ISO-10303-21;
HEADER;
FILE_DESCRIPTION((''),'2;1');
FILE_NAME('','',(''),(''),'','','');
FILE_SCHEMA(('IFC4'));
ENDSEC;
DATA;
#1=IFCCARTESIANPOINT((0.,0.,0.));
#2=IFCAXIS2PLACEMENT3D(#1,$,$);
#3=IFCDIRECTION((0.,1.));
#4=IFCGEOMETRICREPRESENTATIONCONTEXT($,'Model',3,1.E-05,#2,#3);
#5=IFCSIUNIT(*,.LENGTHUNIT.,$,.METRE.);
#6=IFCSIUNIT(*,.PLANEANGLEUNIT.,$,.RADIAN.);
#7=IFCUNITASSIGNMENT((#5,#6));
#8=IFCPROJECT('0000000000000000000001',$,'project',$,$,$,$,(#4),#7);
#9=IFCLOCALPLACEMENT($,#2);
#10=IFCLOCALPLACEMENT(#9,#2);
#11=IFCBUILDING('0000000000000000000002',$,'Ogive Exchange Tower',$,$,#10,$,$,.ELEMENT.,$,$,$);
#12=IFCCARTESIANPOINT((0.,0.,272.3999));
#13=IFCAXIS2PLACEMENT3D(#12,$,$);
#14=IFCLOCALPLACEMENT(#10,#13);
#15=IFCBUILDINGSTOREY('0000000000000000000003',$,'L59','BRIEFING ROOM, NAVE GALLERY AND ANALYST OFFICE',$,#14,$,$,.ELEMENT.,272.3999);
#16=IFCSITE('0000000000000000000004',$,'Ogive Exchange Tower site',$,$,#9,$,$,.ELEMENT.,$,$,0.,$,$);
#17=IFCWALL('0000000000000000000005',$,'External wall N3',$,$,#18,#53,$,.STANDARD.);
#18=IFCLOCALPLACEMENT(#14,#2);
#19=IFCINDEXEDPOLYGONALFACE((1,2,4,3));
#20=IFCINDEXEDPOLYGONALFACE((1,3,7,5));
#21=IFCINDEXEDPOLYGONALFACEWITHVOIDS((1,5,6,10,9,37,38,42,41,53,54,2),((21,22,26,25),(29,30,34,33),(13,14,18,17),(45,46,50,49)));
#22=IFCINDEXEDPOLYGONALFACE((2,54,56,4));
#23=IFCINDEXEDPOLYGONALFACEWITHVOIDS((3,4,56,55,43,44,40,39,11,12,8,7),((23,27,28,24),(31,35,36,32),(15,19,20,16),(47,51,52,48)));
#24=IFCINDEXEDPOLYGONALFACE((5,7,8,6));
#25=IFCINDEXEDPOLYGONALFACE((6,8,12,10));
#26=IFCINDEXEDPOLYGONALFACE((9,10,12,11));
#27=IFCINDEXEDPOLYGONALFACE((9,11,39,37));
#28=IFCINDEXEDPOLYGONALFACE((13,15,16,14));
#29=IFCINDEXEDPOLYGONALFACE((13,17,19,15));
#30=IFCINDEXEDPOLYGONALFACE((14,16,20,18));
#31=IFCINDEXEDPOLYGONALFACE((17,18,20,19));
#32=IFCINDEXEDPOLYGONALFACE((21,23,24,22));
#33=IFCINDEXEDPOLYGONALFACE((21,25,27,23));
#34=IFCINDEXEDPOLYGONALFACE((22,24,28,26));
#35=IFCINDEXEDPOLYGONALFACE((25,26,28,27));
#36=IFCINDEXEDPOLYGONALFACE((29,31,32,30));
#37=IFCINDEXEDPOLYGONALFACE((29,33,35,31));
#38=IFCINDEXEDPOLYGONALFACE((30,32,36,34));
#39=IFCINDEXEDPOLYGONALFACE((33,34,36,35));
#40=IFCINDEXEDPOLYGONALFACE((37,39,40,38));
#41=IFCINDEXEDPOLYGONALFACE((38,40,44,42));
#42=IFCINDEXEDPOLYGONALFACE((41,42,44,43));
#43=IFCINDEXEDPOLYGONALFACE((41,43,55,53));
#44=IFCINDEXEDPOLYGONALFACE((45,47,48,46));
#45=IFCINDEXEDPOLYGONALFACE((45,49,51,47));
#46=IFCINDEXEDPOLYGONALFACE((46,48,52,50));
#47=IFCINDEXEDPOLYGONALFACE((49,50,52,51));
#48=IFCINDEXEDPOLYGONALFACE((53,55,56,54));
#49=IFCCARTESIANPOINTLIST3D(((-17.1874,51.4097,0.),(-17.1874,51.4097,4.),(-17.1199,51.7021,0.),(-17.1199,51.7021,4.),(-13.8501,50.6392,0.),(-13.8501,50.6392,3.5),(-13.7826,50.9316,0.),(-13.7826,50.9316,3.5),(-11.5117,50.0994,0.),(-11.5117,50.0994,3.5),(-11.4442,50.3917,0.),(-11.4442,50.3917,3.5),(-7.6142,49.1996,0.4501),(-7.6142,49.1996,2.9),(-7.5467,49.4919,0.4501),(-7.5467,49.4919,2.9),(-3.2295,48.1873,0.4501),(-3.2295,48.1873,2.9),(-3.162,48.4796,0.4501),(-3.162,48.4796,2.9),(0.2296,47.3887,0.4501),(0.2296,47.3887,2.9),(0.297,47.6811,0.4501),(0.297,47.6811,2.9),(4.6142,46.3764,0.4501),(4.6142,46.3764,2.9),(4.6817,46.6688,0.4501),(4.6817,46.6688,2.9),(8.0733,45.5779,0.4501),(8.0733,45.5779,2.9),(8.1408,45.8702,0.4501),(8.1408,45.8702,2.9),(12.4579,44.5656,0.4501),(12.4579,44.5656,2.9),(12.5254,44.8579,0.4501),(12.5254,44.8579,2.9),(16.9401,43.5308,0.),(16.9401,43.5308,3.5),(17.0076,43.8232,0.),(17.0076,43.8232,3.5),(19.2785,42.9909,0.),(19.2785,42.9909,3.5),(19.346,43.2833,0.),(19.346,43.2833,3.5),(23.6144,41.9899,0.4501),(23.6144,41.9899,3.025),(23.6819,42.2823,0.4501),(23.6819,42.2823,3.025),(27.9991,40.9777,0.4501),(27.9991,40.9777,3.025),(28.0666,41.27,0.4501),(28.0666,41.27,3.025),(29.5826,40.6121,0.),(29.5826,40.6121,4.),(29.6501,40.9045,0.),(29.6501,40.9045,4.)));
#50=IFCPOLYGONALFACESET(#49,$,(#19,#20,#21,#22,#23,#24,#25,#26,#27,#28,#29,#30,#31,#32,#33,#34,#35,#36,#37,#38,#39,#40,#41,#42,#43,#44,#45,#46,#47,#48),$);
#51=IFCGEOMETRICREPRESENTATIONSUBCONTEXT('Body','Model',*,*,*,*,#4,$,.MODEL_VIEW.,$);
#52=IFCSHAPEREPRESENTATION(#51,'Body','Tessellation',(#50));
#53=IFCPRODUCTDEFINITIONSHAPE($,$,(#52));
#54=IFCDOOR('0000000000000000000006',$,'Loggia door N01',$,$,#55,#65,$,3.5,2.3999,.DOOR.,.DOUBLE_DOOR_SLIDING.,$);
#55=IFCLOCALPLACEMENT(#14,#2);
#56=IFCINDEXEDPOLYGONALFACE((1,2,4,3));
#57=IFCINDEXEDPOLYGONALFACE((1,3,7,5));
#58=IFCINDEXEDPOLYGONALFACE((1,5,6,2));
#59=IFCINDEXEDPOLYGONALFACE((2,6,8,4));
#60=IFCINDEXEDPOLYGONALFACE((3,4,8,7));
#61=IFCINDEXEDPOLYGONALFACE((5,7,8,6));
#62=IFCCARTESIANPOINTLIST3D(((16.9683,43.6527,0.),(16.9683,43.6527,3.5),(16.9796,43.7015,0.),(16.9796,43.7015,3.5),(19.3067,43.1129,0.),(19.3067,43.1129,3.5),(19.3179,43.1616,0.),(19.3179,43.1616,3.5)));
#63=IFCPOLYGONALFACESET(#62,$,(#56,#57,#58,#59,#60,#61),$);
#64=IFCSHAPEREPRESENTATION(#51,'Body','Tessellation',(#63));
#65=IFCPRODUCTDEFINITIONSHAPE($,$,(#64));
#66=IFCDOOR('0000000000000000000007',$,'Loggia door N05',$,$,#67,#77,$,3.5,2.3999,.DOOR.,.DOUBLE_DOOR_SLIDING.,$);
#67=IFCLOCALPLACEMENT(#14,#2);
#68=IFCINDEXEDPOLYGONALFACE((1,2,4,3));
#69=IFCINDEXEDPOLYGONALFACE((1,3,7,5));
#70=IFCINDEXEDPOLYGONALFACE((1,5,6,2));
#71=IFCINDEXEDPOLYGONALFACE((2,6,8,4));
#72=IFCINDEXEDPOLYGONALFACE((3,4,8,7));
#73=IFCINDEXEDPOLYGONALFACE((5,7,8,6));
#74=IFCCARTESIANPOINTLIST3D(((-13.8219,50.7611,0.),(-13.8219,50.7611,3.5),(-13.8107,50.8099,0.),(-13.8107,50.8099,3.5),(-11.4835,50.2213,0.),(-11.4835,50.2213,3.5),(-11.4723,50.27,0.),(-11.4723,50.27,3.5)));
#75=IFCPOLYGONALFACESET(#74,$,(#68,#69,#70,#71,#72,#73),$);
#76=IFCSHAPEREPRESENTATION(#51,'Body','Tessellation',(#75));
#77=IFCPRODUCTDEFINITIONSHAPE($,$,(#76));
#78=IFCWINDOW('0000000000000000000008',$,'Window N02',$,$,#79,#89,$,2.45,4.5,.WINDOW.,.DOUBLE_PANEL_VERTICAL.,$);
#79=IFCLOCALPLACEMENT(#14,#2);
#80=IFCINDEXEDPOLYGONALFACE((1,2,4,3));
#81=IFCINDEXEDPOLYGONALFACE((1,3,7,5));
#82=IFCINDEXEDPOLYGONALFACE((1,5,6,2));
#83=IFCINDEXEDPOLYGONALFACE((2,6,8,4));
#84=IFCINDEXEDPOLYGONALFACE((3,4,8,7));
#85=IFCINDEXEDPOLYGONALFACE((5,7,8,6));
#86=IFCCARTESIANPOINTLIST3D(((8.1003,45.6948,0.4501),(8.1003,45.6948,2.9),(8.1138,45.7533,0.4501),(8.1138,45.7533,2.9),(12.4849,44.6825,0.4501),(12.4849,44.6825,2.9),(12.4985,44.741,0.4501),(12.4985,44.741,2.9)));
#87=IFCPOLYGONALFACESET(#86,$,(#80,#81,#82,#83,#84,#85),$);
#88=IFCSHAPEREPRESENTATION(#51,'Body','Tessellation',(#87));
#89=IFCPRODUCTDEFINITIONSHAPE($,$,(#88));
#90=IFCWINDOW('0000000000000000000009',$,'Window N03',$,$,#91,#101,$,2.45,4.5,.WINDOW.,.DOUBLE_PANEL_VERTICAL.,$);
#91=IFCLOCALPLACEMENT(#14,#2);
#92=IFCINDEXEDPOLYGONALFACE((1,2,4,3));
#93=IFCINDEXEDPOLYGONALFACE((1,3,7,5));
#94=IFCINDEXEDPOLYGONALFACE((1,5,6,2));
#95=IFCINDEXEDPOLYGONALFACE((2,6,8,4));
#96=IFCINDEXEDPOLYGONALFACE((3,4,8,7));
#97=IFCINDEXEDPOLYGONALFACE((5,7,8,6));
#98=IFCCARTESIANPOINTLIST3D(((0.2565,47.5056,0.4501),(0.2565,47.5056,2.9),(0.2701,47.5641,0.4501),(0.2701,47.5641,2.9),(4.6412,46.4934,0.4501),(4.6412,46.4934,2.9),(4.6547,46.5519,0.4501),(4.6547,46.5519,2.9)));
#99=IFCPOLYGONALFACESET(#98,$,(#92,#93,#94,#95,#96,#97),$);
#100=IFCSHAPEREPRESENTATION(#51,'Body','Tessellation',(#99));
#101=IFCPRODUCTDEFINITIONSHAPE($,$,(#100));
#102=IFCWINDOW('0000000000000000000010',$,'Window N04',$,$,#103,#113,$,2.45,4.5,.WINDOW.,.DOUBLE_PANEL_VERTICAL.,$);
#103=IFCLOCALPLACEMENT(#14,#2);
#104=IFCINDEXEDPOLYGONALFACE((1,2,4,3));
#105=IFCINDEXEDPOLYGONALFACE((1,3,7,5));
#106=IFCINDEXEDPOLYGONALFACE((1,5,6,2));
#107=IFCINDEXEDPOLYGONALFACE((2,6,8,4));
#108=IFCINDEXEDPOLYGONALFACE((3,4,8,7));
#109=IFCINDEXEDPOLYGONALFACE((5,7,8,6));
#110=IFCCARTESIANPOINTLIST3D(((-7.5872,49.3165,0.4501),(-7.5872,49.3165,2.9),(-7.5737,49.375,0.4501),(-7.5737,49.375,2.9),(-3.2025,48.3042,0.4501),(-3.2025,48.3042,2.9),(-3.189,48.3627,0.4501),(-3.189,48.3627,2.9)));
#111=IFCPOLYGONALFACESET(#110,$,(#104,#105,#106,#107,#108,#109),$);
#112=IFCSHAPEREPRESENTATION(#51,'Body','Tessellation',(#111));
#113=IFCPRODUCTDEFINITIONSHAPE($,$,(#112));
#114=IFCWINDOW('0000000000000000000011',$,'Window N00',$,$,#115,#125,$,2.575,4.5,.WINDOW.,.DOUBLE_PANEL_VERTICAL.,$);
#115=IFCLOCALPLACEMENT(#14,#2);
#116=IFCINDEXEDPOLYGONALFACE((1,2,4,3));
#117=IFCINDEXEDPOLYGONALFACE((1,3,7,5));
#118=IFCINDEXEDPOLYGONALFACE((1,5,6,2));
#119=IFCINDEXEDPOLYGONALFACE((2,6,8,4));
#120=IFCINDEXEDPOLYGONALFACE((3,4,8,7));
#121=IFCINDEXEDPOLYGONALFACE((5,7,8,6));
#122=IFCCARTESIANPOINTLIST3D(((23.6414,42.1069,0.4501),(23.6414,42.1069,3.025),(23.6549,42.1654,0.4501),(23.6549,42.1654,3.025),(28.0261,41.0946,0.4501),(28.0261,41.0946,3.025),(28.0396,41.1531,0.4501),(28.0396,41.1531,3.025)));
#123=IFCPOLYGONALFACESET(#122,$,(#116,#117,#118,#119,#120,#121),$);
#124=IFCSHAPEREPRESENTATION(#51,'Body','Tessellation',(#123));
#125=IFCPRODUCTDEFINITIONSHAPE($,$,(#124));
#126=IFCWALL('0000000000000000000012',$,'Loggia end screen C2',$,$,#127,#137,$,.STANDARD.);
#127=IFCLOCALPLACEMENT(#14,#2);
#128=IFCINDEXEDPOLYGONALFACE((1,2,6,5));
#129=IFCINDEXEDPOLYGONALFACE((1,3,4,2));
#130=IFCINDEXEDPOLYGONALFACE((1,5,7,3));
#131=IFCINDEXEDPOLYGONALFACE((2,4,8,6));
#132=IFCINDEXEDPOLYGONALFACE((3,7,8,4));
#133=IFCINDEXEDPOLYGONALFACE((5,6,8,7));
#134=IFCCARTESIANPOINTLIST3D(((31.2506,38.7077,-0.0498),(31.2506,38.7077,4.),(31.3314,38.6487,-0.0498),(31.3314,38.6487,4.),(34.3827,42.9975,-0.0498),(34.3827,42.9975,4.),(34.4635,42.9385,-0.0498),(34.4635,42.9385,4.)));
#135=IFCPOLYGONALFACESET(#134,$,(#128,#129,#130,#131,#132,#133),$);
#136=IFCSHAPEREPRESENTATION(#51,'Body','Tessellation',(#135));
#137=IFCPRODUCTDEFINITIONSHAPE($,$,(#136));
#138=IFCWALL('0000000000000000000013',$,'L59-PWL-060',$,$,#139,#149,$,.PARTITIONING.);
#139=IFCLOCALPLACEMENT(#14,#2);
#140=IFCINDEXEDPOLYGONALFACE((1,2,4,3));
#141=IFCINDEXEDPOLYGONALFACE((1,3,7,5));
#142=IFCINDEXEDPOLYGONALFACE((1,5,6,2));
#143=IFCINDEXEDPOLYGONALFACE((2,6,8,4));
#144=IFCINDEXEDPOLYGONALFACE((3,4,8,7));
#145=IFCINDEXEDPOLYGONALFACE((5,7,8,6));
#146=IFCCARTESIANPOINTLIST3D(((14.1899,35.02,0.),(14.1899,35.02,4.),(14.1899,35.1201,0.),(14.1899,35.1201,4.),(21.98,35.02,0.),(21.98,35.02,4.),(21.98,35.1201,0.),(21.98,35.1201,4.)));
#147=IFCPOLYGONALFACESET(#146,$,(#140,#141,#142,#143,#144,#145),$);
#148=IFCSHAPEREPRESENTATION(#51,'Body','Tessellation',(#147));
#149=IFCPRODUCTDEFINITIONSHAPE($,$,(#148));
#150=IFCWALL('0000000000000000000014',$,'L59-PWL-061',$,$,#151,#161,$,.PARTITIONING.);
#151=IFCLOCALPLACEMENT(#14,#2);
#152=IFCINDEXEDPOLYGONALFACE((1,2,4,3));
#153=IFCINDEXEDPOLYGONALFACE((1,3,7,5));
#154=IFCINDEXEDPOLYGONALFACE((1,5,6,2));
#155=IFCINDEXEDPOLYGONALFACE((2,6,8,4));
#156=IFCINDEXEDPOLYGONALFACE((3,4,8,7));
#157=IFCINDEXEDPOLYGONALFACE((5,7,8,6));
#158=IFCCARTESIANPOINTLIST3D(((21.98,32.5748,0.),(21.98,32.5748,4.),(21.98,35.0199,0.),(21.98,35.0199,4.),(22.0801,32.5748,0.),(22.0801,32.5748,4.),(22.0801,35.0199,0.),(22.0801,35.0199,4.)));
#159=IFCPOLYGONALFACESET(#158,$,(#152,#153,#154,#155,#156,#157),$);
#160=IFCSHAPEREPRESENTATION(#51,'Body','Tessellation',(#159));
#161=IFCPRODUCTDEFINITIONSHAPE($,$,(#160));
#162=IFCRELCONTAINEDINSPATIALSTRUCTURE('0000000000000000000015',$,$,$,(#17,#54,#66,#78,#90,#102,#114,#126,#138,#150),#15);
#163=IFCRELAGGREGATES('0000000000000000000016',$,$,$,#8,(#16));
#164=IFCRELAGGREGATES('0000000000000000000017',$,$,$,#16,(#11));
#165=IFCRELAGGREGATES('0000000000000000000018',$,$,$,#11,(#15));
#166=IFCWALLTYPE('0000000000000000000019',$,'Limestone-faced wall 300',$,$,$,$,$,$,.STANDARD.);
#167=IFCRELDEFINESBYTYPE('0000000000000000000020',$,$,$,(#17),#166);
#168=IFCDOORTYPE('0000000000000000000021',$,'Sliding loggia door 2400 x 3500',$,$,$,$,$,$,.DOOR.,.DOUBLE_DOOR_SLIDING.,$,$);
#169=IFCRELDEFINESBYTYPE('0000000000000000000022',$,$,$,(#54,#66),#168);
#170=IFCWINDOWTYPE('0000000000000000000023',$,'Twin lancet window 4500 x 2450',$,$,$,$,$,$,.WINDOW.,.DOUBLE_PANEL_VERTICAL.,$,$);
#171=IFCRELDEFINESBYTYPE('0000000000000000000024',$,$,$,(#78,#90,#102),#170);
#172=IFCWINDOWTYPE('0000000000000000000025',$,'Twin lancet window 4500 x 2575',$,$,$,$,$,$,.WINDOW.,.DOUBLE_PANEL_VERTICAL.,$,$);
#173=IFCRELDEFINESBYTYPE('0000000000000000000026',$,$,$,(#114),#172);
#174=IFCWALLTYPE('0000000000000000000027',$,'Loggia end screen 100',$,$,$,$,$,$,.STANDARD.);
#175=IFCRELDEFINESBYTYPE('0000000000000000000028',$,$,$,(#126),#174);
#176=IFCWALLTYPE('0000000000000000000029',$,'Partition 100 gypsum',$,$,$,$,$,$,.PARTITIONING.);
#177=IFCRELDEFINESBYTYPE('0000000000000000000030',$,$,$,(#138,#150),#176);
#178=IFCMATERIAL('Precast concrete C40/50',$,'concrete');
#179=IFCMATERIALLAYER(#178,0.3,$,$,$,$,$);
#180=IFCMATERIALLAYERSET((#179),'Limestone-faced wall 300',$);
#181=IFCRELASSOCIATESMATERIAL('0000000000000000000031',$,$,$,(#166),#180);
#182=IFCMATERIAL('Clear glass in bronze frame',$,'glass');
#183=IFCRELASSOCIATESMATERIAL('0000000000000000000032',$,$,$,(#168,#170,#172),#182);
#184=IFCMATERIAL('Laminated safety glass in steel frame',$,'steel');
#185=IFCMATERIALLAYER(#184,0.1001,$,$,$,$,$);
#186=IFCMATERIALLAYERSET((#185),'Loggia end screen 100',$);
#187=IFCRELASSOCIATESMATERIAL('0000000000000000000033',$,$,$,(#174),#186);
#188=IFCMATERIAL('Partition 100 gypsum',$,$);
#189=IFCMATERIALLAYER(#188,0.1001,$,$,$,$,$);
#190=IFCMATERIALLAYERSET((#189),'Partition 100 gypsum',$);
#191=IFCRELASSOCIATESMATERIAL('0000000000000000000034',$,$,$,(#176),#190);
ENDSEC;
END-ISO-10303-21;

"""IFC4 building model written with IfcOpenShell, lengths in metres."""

from ifc_helpers import new_model, si_unit, direction, frame, frame_2d, origin, place, context, subcontext, project, spatial, rectangle, extrude, material, layer, layer_set, type_object, element, fill, save


model = new_model("IFC4")

# Units and contexts
model_context = context("Model", 3, precision=1e-05, world=origin(), true_north=direction((0.0, 1.0)))
body_context = subcontext(model_context, "Body", "Model", "MODEL_VIEW")
ifc_project = project(units=[si_unit("LENGTHUNIT", "METRE"), si_unit("PLANEANGLEUNIT", "RADIAN")], contexts=[model_context])

# Site, building, storey
site_placement = place(None, origin())
site = spatial("IfcSite", under=ifc_project, at=site_placement, Name="Ogive Exchange Tower site", CompositionType="ELEMENT", RefElevation=0.0)
building_placement = place(site_placement, origin())
building = spatial("IfcBuilding", under=site, at=building_placement, Name="Ogive Exchange Tower", CompositionType="ELEMENT")
storey_placement = place(building_placement, frame((0.0, 0.0, 272.3999)))
storey = spatial("IfcBuildingStorey", under=building, at=storey_placement, Name="L59", Description="BRIEFING ROOM, NAVE GALLERY AND ANALYST OFFICE", CompositionType="ELEMENT", Elevation=272.3999)

# Wall, openings, doors, windows
ifc_material_1 = material(Name="Precast concrete C40/50", Category="concrete")
ifc_layer_1 = layer(ifc_material_1, 0.3)
ifc_layer_set_1 = layer_set([ifc_layer_1], Name="Limestone-faced wall 300")
wall_type_1 = type_object("IfcWallType", Name="Limestone-faced wall 300", PredefinedType="STANDARD", material=ifc_layer_set_1)
wall_1_placement = place(storey_placement, frame((29.6162, 40.7583, 0.0), z_axis=(0.0, 0.0, 1.0), x_axis=(-0.974371, 0.224949, 0.0)))
wall_1 = element("IfcWall", 1, at=wall_1_placement, inside=storey, type_object=wall_type_1, Name="External wall N3", PredefinedType="STANDARD", context=body_context, shape_type="SweptSolid", body=[
    extrude(rectangle(XDim=48.0002, YDim=0.3, at=frame_2d((24.0, 0.0))), origin(), (0.0, 0.0, 1.0), 4.0),
])
opening_1_placement = place(wall_1_placement, frame((1.625, 0.0, 0.45)))
opening_1 = element("IfcOpeningElement", 2, at=opening_1_placement, cuts=wall_1, PredefinedType="OPENING", context=body_context, shape_type="SweptSolid", body=[
    extrude(rectangle(XDim=4.5, YDim=2.575, at=frame_2d((2.25, 1.2876))), frame((0.0, 0.1599, 0.0), z_axis=(0.0, -1.0, 0.0), x_axis=(1.0, 0.0, 0.0)), (0.0, 0.0, 1.0), 0.3201),
])
opening_2_placement = place(wall_1_placement, frame((10.575, 0.0, 0.0)))
opening_2 = element("IfcOpeningElement", 3, at=opening_2_placement, cuts=wall_1, PredefinedType="OPENING", context=body_context, shape_type="SweptSolid", body=[
    extrude(rectangle(XDim=2.3999, YDim=3.5, at=frame_2d((1.2, 1.75))), frame((0.0, 0.1599, 0.0), z_axis=(0.0, -1.0, 0.0), x_axis=(1.0, 0.0, 0.0)), (0.0, 0.0, 1.0), 0.3201),
])
opening_3_placement = place(wall_1_placement, frame((17.575, 0.0, 0.45)))
opening_3 = element("IfcOpeningElement", 4, at=opening_3_placement, cuts=wall_1, PredefinedType="OPENING", context=body_context, shape_type="SweptSolid", body=[
    extrude(rectangle(XDim=4.5, YDim=2.45, at=frame_2d((2.25, 1.2251))), frame((0.0, 0.1599, 0.0), z_axis=(0.0, -1.0, 0.0), x_axis=(1.0, 0.0, 0.0)), (0.0, 0.0, 1.0), 0.3201),
])
opening_4_placement = place(wall_1_placement, frame((25.625, 0.0, 0.45)))
opening_4 = element("IfcOpeningElement", 5, at=opening_4_placement, cuts=wall_1, PredefinedType="OPENING", context=body_context, shape_type="SweptSolid", body=[
    extrude(rectangle(XDim=4.5, YDim=2.45, at=frame_2d((2.25, 1.2251))), frame((0.0, 0.1599, 0.0), z_axis=(0.0, -1.0, 0.0), x_axis=(1.0, 0.0, 0.0)), (0.0, 0.0, 1.0), 0.3201),
])
opening_5_placement = place(wall_1_placement, frame((33.675, 0.0, 0.45)))
opening_5 = element("IfcOpeningElement", 6, at=opening_5_placement, cuts=wall_1, PredefinedType="OPENING", context=body_context, shape_type="SweptSolid", body=[
    extrude(rectangle(XDim=4.5, YDim=2.45, at=frame_2d((2.25, 1.2251))), frame((0.0, 0.1599, 0.0), z_axis=(0.0, -1.0, 0.0), x_axis=(1.0, 0.0, 0.0)), (0.0, 0.0, 1.0), 0.3201),
])
opening_6_placement = place(wall_1_placement, frame((42.175, 0.0, 0.0)))
opening_6 = element("IfcOpeningElement", 7, at=opening_6_placement, cuts=wall_1, PredefinedType="OPENING", context=body_context, shape_type="SweptSolid", body=[
    extrude(rectangle(XDim=2.3999, YDim=3.5, at=frame_2d((1.2, 1.75))), frame((0.0, 0.1599, 0.0), z_axis=(0.0, -1.0, 0.0), x_axis=(1.0, 0.0, 0.0)), (0.0, 0.0, 1.0), 0.3201),
])
ifc_material_2 = material(Name="Clear glass in bronze frame", Category="glass")
door_type_1 = type_object("IfcDoorType", Name="Sliding loggia door 2400 x 3500", OperationType="DOUBLE_DOOR_SLIDING", PredefinedType="DOOR", material=ifc_material_2)
door_1_placement = place(opening_2_placement, origin())
door_1 = element("IfcDoor", 8, at=door_1_placement, inside=storey, type_object=door_type_1, Name="Loggia door N01", OperationType="DOUBLE_DOOR_SLIDING", OverallHeight=3.5, OverallWidth=2.3999, PredefinedType="DOOR", context=body_context, shape_type="SweptSolid", body=[
    extrude(rectangle(XDim=2.3999, YDim=3.5, at=frame_2d((1.2, 1.75))), frame((0.0, 0.0249, 0.0), z_axis=(0.0, -1.0, 0.0), x_axis=(1.0, 0.0, 0.0)), (0.0, 0.0, 1.0), 0.05),
])
fill(opening_2, door_1)
door_2_placement = place(opening_6_placement, origin())
door_2 = element("IfcDoor", 9, at=door_2_placement, inside=storey, type_object=door_type_1, Name="Loggia door N05", OperationType="DOUBLE_DOOR_SLIDING", OverallHeight=3.5, OverallWidth=2.3999, PredefinedType="DOOR", context=body_context, shape_type="SweptSolid", body=[
    extrude(rectangle(XDim=2.3999, YDim=3.5, at=frame_2d((1.2, 1.75))), frame((0.0, 0.0249, 0.0), z_axis=(0.0, -1.0, 0.0), x_axis=(1.0, 0.0, 0.0)), (0.0, 0.0, 1.0), 0.05),
])
fill(opening_6, door_2)
window_type_1 = type_object("IfcWindowType", Name="Twin lancet window 4500 x 2450", PartitioningType="DOUBLE_PANEL_VERTICAL", PredefinedType="WINDOW", material=ifc_material_2)
window_1_placement = place(opening_3_placement, origin())
window_1 = element("IfcWindow", 10, at=window_1_placement, inside=storey, type_object=window_type_1, Name="Window N02", OverallHeight=2.45, OverallWidth=4.5, PartitioningType="DOUBLE_PANEL_VERTICAL", PredefinedType="WINDOW", context=body_context, shape_type="SweptSolid", body=[
    extrude(rectangle(XDim=4.5, YDim=2.45, at=frame_2d((2.25, 1.2251))), frame((0.0, 0.03, 0.0), z_axis=(0.0, -1.0, 0.0), x_axis=(1.0, 0.0, 0.0)), (0.0, 0.0, 1.0), 0.0601),
])
fill(opening_3, window_1)
window_2_placement = place(opening_4_placement, origin())
window_2 = element("IfcWindow", 11, at=window_2_placement, inside=storey, type_object=window_type_1, Name="Window N03", OverallHeight=2.45, OverallWidth=4.5, PartitioningType="DOUBLE_PANEL_VERTICAL", PredefinedType="WINDOW", context=body_context, shape_type="SweptSolid", body=[
    extrude(rectangle(XDim=4.5, YDim=2.45, at=frame_2d((2.25, 1.2251))), frame((0.0, 0.03, 0.0), z_axis=(0.0, -1.0, 0.0), x_axis=(1.0, 0.0, 0.0)), (0.0, 0.0, 1.0), 0.0601),
])
fill(opening_4, window_2)
window_3_placement = place(opening_5_placement, origin())
window_3 = element("IfcWindow", 12, at=window_3_placement, inside=storey, type_object=window_type_1, Name="Window N04", OverallHeight=2.45, OverallWidth=4.5, PartitioningType="DOUBLE_PANEL_VERTICAL", PredefinedType="WINDOW", context=body_context, shape_type="SweptSolid", body=[
    extrude(rectangle(XDim=4.5, YDim=2.45, at=frame_2d((2.25, 1.2251))), frame((0.0, 0.03, 0.0), z_axis=(0.0, -1.0, 0.0), x_axis=(1.0, 0.0, 0.0)), (0.0, 0.0, 1.0), 0.0601),
])
fill(opening_5, window_3)
window_type_2 = type_object("IfcWindowType", Name="Twin lancet window 4500 x 2575", PartitioningType="DOUBLE_PANEL_VERTICAL", PredefinedType="WINDOW", material=ifc_material_2)
window_4_placement = place(opening_1_placement, origin())
window_4 = element("IfcWindow", 13, at=window_4_placement, inside=storey, type_object=window_type_2, Name="Window N00", OverallHeight=2.575, OverallWidth=4.5, PartitioningType="DOUBLE_PANEL_VERTICAL", PredefinedType="WINDOW", context=body_context, shape_type="SweptSolid", body=[
    extrude(rectangle(XDim=4.5, YDim=2.575, at=frame_2d((2.25, 1.2876))), frame((0.0, 0.03, 0.0), z_axis=(0.0, -1.0, 0.0), x_axis=(1.0, 0.0, 0.0)), (0.0, 0.0, 1.0), 0.0601),
])
fill(opening_1, window_4)

# Walls
ifc_material_3 = material(Name="Laminated safety glass in steel frame", Category="steel")
ifc_layer_2 = layer(ifc_material_3, 0.1001)
ifc_layer_set_2 = layer_set([ifc_layer_2], Name="Loggia end screen 100")
wall_type_2 = type_object("IfcWallType", Name="Loggia end screen 100", PredefinedType="STANDARD", material=ifc_layer_set_2)
wall_2_placement = place(storey_placement, frame((31.291, 38.6782, -0.0498), z_axis=(0.0, 0.0, 1.0), x_axis=(0.589677, 0.807639, 0.0)))
element("IfcWall", 14, at=wall_2_placement, inside=storey, type_object=wall_type_2, Name="Loggia end screen C2", PredefinedType="STANDARD", context=body_context, shape_type="SweptSolid", body=[
    extrude(rectangle(XDim=5.3115, YDim=0.1001, at=frame_2d((2.6558, 0.0))), origin(), (0.0, 0.0, 1.0), 4.0498),
])
ifc_material_4 = material(Name="Partition 100 gypsum")
ifc_layer_3 = layer(ifc_material_4, 0.1001)
ifc_layer_set_3 = layer_set([ifc_layer_3], Name="Partition 100 gypsum")
wall_type_3 = type_object("IfcWallType", Name="Partition 100 gypsum", PredefinedType="PARTITIONING", material=ifc_layer_set_3)
wall_3_placement = place(storey_placement, frame((21.98, 35.0701, 0.0), z_axis=(0.0, 0.0, 1.0), x_axis=(-1.0, 0.0, 0.0)))
element("IfcWall", 15, at=wall_3_placement, inside=storey, type_object=wall_type_3, Name="L59-PWL-060", PredefinedType="PARTITIONING", context=body_context, shape_type="SweptSolid", body=[
    extrude(rectangle(XDim=7.79, YDim=0.1001, at=frame_2d((3.895, 0.0))), origin(), (0.0, 0.0, 1.0), 4.0),
])
wall_4_placement = place(storey_placement, frame((22.03, 35.02, 0.0), z_axis=(0.0, 0.0, 1.0), x_axis=(0.0, -1.0, 0.0)))
element("IfcWall", 16, at=wall_4_placement, inside=storey, type_object=wall_type_3, Name="L59-PWL-061", PredefinedType="PARTITIONING", context=body_context, shape_type="SweptSolid", body=[
    extrude(rectangle(XDim=2.4451, YDim=0.1001, at=frame_2d((1.2227, 0.0))), origin(), (0.0, 0.0, 1.0), 4.0),
])

save(model, "model.ifc")
